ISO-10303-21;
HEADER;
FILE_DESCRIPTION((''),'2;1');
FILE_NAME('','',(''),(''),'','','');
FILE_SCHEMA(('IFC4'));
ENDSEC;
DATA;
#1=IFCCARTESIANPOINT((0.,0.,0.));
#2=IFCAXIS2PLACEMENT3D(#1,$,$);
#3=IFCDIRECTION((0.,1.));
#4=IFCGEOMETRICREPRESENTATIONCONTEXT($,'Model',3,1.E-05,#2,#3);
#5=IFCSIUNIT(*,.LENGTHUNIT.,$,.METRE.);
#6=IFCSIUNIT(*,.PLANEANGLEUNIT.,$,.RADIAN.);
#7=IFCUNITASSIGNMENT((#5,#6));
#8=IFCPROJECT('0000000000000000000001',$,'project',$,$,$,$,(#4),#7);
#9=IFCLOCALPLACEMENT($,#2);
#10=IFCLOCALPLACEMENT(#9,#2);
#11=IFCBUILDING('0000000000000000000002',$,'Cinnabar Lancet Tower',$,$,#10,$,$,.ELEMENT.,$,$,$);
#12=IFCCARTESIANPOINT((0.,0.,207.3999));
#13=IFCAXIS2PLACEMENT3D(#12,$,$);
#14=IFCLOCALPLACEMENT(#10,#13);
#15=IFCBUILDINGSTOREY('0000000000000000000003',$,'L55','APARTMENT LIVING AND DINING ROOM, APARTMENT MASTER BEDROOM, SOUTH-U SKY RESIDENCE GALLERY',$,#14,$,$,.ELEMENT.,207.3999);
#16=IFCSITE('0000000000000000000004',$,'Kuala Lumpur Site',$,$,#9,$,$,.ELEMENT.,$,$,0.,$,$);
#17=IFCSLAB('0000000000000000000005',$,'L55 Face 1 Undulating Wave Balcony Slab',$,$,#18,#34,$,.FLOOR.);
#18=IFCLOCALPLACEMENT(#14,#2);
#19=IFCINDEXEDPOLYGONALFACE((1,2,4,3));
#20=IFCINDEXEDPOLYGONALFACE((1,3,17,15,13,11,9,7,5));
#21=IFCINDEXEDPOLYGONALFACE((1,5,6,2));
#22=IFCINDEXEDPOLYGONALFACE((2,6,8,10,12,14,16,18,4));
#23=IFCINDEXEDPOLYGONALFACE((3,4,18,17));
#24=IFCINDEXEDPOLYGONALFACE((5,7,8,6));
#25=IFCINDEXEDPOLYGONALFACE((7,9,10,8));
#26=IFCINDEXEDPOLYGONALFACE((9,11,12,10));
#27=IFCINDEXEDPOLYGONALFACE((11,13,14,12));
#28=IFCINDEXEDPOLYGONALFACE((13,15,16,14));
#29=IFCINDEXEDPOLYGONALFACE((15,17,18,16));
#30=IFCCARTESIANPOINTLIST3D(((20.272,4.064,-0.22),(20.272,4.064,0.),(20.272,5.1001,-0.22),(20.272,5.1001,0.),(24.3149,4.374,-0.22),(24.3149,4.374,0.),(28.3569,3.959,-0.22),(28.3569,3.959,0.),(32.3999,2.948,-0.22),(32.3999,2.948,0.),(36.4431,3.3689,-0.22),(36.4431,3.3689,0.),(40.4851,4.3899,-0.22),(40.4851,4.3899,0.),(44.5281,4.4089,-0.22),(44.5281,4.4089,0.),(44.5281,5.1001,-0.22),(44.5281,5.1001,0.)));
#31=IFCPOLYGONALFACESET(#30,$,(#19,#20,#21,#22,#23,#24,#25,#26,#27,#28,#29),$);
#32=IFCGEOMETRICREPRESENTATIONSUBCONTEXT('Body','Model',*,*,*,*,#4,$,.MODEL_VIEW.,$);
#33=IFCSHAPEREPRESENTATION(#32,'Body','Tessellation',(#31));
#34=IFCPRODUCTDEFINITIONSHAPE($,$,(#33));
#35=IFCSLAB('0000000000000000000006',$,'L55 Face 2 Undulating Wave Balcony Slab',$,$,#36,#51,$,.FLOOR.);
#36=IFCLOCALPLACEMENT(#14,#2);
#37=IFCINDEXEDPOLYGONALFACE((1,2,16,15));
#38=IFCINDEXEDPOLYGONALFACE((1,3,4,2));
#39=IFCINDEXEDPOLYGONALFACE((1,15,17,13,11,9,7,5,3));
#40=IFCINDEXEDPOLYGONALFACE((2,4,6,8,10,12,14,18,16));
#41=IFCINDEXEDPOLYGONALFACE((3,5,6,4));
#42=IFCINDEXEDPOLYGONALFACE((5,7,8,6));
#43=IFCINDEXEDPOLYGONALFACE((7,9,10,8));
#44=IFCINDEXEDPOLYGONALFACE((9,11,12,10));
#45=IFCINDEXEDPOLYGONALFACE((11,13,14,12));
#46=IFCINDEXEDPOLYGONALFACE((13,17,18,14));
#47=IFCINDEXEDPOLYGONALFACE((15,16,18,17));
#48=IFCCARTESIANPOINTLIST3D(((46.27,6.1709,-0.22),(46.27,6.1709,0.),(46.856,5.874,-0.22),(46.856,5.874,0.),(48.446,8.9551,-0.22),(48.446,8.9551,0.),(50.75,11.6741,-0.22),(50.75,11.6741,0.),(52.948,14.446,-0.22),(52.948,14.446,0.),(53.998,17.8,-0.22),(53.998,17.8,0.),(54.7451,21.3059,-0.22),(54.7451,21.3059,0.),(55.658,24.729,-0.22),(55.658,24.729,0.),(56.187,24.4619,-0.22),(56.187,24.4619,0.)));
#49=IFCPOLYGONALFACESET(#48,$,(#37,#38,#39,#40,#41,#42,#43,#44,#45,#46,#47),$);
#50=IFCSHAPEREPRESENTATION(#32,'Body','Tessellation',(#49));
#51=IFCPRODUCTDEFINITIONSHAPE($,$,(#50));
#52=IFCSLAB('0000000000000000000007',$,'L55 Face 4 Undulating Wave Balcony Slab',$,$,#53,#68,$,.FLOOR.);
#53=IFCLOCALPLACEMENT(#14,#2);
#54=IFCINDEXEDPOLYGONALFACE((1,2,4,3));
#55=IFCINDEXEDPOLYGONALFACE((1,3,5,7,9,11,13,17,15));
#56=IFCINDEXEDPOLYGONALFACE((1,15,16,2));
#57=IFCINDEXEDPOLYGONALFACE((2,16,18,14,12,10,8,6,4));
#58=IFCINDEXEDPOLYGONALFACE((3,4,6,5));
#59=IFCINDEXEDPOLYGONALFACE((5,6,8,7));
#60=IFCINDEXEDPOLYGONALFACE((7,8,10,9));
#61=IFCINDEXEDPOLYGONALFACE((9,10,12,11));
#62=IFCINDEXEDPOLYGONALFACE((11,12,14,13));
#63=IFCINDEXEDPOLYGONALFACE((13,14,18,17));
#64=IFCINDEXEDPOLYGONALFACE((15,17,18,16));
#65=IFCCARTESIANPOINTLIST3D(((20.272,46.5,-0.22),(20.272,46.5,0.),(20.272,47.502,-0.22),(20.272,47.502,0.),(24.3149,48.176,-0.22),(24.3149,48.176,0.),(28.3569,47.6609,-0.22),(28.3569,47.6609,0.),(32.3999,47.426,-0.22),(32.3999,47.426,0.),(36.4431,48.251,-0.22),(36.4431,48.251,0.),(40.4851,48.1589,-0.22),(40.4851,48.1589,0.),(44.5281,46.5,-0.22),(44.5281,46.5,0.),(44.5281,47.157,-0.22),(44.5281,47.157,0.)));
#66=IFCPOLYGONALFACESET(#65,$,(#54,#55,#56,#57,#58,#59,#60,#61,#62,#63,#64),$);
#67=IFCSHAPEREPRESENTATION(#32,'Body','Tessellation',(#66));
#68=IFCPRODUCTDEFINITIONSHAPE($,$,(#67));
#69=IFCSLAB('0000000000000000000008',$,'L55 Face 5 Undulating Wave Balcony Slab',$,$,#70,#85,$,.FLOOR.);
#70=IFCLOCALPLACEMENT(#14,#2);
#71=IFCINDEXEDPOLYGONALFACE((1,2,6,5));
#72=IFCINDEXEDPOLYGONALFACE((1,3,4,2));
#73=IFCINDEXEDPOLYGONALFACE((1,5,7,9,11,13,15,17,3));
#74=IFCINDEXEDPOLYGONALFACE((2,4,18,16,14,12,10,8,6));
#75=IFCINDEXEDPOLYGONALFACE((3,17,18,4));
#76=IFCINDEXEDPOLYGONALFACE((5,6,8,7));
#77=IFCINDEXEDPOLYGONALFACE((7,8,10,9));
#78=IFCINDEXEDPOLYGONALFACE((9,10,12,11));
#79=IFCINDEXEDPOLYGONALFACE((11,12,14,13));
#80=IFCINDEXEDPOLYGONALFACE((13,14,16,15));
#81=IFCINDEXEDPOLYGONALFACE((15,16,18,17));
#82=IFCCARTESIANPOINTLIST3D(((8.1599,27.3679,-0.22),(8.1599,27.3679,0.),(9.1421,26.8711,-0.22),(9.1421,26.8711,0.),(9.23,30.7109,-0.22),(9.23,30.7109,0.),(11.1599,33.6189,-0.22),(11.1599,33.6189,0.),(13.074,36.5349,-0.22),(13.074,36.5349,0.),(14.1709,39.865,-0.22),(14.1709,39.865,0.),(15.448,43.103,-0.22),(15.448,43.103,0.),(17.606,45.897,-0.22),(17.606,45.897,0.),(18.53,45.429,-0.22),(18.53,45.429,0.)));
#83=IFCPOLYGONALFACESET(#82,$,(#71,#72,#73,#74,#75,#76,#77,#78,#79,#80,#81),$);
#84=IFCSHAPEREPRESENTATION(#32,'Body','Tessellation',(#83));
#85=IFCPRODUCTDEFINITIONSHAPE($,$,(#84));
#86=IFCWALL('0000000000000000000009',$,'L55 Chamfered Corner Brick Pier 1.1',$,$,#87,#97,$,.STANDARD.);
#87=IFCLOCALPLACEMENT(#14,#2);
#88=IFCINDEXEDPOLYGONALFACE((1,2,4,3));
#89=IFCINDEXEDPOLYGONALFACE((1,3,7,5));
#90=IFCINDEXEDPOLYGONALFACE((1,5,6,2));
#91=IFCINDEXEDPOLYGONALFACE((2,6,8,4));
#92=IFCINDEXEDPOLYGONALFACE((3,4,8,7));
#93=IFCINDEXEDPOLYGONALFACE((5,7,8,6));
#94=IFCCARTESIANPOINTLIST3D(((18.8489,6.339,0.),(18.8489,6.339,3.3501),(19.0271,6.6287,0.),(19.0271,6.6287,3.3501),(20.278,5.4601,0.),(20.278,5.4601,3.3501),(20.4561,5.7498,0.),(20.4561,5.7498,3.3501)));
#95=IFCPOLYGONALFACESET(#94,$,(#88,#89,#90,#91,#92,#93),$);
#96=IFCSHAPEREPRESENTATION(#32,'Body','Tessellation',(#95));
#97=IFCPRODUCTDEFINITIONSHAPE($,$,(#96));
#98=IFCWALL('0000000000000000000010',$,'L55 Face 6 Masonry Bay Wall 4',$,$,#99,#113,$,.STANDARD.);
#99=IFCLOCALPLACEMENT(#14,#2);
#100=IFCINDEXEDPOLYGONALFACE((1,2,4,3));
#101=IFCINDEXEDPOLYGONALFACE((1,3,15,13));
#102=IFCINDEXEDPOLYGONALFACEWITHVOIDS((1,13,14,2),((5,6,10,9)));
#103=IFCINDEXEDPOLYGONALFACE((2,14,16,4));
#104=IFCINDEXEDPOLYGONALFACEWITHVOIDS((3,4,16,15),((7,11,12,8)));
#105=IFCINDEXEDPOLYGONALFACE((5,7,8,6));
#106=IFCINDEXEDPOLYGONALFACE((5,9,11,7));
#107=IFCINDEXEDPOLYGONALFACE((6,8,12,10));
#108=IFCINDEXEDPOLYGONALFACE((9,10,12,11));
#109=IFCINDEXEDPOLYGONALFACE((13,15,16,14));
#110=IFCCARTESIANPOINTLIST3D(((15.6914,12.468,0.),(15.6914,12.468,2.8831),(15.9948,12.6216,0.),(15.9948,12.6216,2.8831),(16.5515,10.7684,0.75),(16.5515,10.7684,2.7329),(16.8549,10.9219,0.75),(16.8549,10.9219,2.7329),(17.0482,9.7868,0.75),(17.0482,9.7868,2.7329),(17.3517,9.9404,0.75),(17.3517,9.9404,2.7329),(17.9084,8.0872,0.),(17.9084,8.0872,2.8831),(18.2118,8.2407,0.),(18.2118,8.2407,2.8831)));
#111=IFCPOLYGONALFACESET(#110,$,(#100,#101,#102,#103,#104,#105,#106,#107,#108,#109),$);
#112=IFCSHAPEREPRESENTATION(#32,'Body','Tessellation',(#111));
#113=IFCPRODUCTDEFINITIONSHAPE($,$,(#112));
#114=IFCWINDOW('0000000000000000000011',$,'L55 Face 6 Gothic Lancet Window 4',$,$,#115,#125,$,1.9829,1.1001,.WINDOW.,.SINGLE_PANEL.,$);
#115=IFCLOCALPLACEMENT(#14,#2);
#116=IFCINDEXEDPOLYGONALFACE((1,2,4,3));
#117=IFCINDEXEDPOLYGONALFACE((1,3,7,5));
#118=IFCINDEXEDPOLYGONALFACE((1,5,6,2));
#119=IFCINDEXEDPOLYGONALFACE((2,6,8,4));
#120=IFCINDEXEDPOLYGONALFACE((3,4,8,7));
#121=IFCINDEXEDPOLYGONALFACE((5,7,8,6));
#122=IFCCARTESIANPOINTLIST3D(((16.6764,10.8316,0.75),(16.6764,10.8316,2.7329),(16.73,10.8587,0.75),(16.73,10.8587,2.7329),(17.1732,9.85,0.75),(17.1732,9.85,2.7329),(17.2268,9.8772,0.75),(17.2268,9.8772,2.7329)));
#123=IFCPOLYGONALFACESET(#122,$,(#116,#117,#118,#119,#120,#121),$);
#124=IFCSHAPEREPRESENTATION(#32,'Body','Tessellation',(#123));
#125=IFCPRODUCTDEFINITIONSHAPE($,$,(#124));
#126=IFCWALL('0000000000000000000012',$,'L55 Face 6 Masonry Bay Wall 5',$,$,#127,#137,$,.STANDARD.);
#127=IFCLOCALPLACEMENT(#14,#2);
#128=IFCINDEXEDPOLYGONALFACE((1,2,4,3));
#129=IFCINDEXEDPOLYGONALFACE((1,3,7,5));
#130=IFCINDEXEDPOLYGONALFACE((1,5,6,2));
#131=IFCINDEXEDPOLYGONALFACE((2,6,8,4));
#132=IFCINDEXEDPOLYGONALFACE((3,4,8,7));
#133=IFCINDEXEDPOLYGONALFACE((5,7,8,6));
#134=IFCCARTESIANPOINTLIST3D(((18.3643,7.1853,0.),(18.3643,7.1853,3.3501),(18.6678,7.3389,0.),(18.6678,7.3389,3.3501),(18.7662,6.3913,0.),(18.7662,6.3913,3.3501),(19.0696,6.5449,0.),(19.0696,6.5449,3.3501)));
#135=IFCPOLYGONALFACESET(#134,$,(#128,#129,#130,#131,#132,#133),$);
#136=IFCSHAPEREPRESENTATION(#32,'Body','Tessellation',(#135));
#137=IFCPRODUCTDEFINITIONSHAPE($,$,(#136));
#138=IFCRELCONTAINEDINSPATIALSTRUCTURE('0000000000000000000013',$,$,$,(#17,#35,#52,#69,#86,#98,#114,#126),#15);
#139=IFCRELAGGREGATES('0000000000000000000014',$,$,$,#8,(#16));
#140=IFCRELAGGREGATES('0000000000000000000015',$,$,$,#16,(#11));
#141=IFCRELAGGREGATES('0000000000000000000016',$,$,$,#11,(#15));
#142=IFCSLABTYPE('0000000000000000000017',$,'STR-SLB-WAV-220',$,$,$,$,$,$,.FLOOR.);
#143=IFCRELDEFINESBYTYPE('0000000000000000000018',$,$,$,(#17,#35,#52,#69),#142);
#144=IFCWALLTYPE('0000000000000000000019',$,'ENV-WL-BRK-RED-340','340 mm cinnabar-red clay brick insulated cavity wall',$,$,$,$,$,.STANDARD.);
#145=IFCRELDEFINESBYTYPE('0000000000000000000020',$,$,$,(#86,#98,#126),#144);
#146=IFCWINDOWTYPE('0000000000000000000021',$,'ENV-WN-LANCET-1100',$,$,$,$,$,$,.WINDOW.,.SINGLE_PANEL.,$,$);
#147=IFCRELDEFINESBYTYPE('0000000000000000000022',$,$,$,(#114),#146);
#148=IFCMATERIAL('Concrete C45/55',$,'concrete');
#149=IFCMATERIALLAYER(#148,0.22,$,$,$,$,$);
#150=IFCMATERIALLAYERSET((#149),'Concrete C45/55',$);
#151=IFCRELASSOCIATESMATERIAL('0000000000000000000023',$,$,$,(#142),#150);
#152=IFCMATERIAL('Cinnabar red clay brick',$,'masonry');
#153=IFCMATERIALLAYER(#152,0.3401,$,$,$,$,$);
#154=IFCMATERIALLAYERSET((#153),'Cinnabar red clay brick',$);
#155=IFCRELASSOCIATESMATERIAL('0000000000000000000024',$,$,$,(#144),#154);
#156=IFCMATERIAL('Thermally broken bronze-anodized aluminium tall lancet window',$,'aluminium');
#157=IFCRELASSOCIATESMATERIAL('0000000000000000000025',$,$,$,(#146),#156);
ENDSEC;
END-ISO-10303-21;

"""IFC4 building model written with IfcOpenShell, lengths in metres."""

from ifc_helpers import new_model, si_unit, direction, frame, frame_2d, origin, place, context, subcontext, project, spatial, polyline, rectangle, outline, extrude, material, layer, layer_set, type_object, element, fill, save


model = new_model("IFC4")

# Units and contexts
model_context = context("Model", 3, precision=1e-05, world=origin(), true_north=direction((0.0, 1.0)))
body_context = subcontext(model_context, "Body", "Model", "MODEL_VIEW")
ifc_project = project(units=[si_unit("LENGTHUNIT", "METRE"), si_unit("PLANEANGLEUNIT", "RADIAN")], contexts=[model_context])

# Site, building, storey
site_placement = place(None, origin())
site = spatial("IfcSite", under=ifc_project, at=site_placement, Name="Kuala Lumpur Site", CompositionType="ELEMENT", RefElevation=0.0)
building_placement = place(site_placement, origin())
building = spatial("IfcBuilding", under=site, at=building_placement, Name="Cinnabar Lancet Tower", CompositionType="ELEMENT")
storey_placement = place(building_placement, frame((0.0, 0.0, 207.3999)))
storey = spatial("IfcBuildingStorey", under=building, at=storey_placement, Name="L55", Description="APARTMENT LIVING AND DINING ROOM, APARTMENT MASTER BEDROOM, SOUTH-U SKY RESIDENCE GALLERY", CompositionType="ELEMENT", Elevation=207.3999)

# Slabs
ifc_material_1 = material(Name="Concrete C45/55", Category="concrete")
ifc_layer_1 = layer(ifc_material_1, 0.22)
ifc_layer_set_1 = layer_set([ifc_layer_1], Name="Concrete C45/55")
slab_type_1 = type_object("IfcSlabType", Name="STR-SLB-WAV-220", PredefinedType="FLOOR", material=ifc_layer_set_1)
slab_1_placement = place(storey_placement, frame((0.0, 0.0, -0.22)))
element("IfcSlab", 1, at=slab_1_placement, inside=storey, type_object=slab_type_1, Name="L55 Face 1 Undulating Wave Balcony Slab", PredefinedType="FLOOR", context=body_context, shape_type="SweptSolid", body=[
    extrude(outline(polyline([(20.272, 5.1001), (20.272, 4.064), (24.3149, 4.374), (28.3569, 3.959), (32.3999, 2.948), (36.4431, 3.3689), (40.4851, 4.3899), (44.5281, 4.4089), (44.5281, 5.1001), (20.272, 5.1001)])), origin(), (0.0, 0.0, 1.0), 0.22),
])
slab_2_placement = place(storey_placement, frame((0.0, 0.0, -0.22)))
element("IfcSlab", 2, at=slab_2_placement, inside=storey, type_object=slab_type_1, Name="L55 Face 2 Undulating Wave Balcony Slab", PredefinedType="FLOOR", context=body_context, shape_type="SweptSolid", body=[
    extrude(outline(polyline([(46.27, 6.1709), (46.856, 5.874), (48.446, 8.9551), (50.75, 11.6741), (52.948, 14.446), (53.998, 17.8), (54.7451, 21.3059), (56.187, 24.4619), (55.658, 24.729), (46.27, 6.1709)])), origin(), (0.0, 0.0, 1.0), 0.22),
])
slab_3_placement = place(storey_placement, frame((0.0, 0.0, -0.22)))
element("IfcSlab", 3, at=slab_3_placement, inside=storey, type_object=slab_type_1, Name="L55 Face 4 Undulating Wave Balcony Slab", PredefinedType="FLOOR", context=body_context, shape_type="SweptSolid", body=[
    extrude(outline(polyline([(44.5281, 46.5), (44.5281, 47.157), (40.4851, 48.1589), (36.4431, 48.251), (32.3999, 47.426), (28.3569, 47.6609), (24.3149, 48.176), (20.272, 47.502), (20.272, 46.5), (44.5281, 46.5)])), origin(), (0.0, 0.0, 1.0), 0.22),
])
slab_4_placement = place(storey_placement, frame((0.0, 0.0, -0.22)))
element("IfcSlab", 4, at=slab_4_placement, inside=storey, type_object=slab_type_1, Name="L55 Face 5 Undulating Wave Balcony Slab", PredefinedType="FLOOR", context=body_context, shape_type="SweptSolid", body=[
    extrude(outline(polyline([(18.53, 45.429), (17.606, 45.897), (15.448, 43.103), (14.1709, 39.865), (13.074, 36.5349), (11.1599, 33.6189), (9.23, 30.7109), (8.1599, 27.3679), (9.1421, 26.8711), (18.53, 45.429)])), origin(), (0.0, 0.0, 1.0), 0.22),
])

# Wall
ifc_material_2 = material(Name="Cinnabar red clay brick", Category="masonry")
ifc_layer_2 = layer(ifc_material_2, 0.3401)
ifc_layer_set_2 = layer_set([ifc_layer_2], Name="Cinnabar red clay brick")
wall_type = type_object("IfcWallType", Name="ENV-WL-BRK-RED-340", Description="340 mm cinnabar-red clay brick insulated cavity wall", PredefinedType="STANDARD", material=ifc_layer_set_2)
wall_1_placement = place(storey_placement, frame((18.938, 6.4839, 0.0), z_axis=(0.0, 0.0, 1.0), x_axis=(0.851778, -0.523903, 0.0)))
element("IfcWall", 5, at=wall_1_placement, inside=storey, type_object=wall_type, Name="L55 Chamfered Corner Brick Pier 1.1", PredefinedType="STANDARD", context=body_context, shape_type="SweptSolid", body=[
    extrude(rectangle(XDim=1.6777, YDim=0.3401, at=frame_2d((0.8389, 0.0))), origin(), (0.0, 0.0, 1.0), 3.3501),
])

# Wall, opening, window
wall_2_placement = place(storey_placement, frame((15.843, 12.5449, 0.0), z_axis=(0.0, 0.0, 1.0), x_axis=(0.451544, -0.892249, 0.0)))
wall_2 = element("IfcWall", 6, at=wall_2_placement, inside=storey, type_object=wall_type, Name="L55 Face 6 Masonry Bay Wall 4", PredefinedType="STANDARD", context=body_context, shape_type="SweptSolid", body=[
    extrude(rectangle(XDim=4.9099, YDim=0.3401, at=frame_2d((2.4551, 0.0))), origin(), (0.0, 0.0, 1.0), 2.8831),
])
opening_placement = place(wall_2_placement, frame((1.905, 0.0, 0.75)))
opening = element("IfcOpeningElement", 7, at=opening_placement, cuts=wall_2, PredefinedType="OPENING", context=body_context, shape_type="SweptSolid", body=[
    extrude(rectangle(XDim=1.1001, YDim=1.9829, at=frame_2d((0.55, 0.9915))), frame((0.0, 0.1799, 0.0), z_axis=(0.0, -1.0, 0.0), x_axis=(1.0, 0.0, 0.0)), (0.0, 0.0, 1.0), 0.3601),
])
ifc_material_3 = material(Name="Thermally broken bronze-anodized aluminium tall lancet window", Category="aluminium")
window_type = type_object("IfcWindowType", Name="ENV-WN-LANCET-1100", PartitioningType="SINGLE_PANEL", PredefinedType="WINDOW", material=ifc_material_3)
window_placement = place(opening_placement, origin())
window = element("IfcWindow", 8, at=window_placement, inside=storey, type_object=window_type, Name="L55 Face 6 Gothic Lancet Window 4", OverallHeight=1.9829, OverallWidth=1.1001, PartitioningType="SINGLE_PANEL", PredefinedType="WINDOW", context=body_context, shape_type="SweptSolid", body=[
    extrude(rectangle(XDim=1.1001, YDim=1.9829, at=frame_2d((0.55, 0.9915))), frame((0.0, 0.03, 0.0), z_axis=(0.0, -1.0, 0.0), x_axis=(1.0, 0.0, 0.0)), (0.0, 0.0, 1.0), 0.0601),
])
fill(opening, window)

# Wall
wall_3_placement = place(storey_placement, frame((18.5161, 7.262, 0.0), z_axis=(0.0, 0.0, 1.0), x_axis=(0.451598, -0.892222, 0.0)))
element("IfcWall", 9, at=wall_3_placement, inside=storey, type_object=wall_type, Name="L55 Face 6 Masonry Bay Wall 5", PredefinedType="STANDARD", context=body_context, shape_type="SweptSolid", body=[
    extrude(rectangle(XDim=0.8899, YDim=0.3401, at=frame_2d((0.4448, 0.0))), origin(), (0.0, 0.0, 1.0), 3.3501),
])

save(model, "model.ifc")
